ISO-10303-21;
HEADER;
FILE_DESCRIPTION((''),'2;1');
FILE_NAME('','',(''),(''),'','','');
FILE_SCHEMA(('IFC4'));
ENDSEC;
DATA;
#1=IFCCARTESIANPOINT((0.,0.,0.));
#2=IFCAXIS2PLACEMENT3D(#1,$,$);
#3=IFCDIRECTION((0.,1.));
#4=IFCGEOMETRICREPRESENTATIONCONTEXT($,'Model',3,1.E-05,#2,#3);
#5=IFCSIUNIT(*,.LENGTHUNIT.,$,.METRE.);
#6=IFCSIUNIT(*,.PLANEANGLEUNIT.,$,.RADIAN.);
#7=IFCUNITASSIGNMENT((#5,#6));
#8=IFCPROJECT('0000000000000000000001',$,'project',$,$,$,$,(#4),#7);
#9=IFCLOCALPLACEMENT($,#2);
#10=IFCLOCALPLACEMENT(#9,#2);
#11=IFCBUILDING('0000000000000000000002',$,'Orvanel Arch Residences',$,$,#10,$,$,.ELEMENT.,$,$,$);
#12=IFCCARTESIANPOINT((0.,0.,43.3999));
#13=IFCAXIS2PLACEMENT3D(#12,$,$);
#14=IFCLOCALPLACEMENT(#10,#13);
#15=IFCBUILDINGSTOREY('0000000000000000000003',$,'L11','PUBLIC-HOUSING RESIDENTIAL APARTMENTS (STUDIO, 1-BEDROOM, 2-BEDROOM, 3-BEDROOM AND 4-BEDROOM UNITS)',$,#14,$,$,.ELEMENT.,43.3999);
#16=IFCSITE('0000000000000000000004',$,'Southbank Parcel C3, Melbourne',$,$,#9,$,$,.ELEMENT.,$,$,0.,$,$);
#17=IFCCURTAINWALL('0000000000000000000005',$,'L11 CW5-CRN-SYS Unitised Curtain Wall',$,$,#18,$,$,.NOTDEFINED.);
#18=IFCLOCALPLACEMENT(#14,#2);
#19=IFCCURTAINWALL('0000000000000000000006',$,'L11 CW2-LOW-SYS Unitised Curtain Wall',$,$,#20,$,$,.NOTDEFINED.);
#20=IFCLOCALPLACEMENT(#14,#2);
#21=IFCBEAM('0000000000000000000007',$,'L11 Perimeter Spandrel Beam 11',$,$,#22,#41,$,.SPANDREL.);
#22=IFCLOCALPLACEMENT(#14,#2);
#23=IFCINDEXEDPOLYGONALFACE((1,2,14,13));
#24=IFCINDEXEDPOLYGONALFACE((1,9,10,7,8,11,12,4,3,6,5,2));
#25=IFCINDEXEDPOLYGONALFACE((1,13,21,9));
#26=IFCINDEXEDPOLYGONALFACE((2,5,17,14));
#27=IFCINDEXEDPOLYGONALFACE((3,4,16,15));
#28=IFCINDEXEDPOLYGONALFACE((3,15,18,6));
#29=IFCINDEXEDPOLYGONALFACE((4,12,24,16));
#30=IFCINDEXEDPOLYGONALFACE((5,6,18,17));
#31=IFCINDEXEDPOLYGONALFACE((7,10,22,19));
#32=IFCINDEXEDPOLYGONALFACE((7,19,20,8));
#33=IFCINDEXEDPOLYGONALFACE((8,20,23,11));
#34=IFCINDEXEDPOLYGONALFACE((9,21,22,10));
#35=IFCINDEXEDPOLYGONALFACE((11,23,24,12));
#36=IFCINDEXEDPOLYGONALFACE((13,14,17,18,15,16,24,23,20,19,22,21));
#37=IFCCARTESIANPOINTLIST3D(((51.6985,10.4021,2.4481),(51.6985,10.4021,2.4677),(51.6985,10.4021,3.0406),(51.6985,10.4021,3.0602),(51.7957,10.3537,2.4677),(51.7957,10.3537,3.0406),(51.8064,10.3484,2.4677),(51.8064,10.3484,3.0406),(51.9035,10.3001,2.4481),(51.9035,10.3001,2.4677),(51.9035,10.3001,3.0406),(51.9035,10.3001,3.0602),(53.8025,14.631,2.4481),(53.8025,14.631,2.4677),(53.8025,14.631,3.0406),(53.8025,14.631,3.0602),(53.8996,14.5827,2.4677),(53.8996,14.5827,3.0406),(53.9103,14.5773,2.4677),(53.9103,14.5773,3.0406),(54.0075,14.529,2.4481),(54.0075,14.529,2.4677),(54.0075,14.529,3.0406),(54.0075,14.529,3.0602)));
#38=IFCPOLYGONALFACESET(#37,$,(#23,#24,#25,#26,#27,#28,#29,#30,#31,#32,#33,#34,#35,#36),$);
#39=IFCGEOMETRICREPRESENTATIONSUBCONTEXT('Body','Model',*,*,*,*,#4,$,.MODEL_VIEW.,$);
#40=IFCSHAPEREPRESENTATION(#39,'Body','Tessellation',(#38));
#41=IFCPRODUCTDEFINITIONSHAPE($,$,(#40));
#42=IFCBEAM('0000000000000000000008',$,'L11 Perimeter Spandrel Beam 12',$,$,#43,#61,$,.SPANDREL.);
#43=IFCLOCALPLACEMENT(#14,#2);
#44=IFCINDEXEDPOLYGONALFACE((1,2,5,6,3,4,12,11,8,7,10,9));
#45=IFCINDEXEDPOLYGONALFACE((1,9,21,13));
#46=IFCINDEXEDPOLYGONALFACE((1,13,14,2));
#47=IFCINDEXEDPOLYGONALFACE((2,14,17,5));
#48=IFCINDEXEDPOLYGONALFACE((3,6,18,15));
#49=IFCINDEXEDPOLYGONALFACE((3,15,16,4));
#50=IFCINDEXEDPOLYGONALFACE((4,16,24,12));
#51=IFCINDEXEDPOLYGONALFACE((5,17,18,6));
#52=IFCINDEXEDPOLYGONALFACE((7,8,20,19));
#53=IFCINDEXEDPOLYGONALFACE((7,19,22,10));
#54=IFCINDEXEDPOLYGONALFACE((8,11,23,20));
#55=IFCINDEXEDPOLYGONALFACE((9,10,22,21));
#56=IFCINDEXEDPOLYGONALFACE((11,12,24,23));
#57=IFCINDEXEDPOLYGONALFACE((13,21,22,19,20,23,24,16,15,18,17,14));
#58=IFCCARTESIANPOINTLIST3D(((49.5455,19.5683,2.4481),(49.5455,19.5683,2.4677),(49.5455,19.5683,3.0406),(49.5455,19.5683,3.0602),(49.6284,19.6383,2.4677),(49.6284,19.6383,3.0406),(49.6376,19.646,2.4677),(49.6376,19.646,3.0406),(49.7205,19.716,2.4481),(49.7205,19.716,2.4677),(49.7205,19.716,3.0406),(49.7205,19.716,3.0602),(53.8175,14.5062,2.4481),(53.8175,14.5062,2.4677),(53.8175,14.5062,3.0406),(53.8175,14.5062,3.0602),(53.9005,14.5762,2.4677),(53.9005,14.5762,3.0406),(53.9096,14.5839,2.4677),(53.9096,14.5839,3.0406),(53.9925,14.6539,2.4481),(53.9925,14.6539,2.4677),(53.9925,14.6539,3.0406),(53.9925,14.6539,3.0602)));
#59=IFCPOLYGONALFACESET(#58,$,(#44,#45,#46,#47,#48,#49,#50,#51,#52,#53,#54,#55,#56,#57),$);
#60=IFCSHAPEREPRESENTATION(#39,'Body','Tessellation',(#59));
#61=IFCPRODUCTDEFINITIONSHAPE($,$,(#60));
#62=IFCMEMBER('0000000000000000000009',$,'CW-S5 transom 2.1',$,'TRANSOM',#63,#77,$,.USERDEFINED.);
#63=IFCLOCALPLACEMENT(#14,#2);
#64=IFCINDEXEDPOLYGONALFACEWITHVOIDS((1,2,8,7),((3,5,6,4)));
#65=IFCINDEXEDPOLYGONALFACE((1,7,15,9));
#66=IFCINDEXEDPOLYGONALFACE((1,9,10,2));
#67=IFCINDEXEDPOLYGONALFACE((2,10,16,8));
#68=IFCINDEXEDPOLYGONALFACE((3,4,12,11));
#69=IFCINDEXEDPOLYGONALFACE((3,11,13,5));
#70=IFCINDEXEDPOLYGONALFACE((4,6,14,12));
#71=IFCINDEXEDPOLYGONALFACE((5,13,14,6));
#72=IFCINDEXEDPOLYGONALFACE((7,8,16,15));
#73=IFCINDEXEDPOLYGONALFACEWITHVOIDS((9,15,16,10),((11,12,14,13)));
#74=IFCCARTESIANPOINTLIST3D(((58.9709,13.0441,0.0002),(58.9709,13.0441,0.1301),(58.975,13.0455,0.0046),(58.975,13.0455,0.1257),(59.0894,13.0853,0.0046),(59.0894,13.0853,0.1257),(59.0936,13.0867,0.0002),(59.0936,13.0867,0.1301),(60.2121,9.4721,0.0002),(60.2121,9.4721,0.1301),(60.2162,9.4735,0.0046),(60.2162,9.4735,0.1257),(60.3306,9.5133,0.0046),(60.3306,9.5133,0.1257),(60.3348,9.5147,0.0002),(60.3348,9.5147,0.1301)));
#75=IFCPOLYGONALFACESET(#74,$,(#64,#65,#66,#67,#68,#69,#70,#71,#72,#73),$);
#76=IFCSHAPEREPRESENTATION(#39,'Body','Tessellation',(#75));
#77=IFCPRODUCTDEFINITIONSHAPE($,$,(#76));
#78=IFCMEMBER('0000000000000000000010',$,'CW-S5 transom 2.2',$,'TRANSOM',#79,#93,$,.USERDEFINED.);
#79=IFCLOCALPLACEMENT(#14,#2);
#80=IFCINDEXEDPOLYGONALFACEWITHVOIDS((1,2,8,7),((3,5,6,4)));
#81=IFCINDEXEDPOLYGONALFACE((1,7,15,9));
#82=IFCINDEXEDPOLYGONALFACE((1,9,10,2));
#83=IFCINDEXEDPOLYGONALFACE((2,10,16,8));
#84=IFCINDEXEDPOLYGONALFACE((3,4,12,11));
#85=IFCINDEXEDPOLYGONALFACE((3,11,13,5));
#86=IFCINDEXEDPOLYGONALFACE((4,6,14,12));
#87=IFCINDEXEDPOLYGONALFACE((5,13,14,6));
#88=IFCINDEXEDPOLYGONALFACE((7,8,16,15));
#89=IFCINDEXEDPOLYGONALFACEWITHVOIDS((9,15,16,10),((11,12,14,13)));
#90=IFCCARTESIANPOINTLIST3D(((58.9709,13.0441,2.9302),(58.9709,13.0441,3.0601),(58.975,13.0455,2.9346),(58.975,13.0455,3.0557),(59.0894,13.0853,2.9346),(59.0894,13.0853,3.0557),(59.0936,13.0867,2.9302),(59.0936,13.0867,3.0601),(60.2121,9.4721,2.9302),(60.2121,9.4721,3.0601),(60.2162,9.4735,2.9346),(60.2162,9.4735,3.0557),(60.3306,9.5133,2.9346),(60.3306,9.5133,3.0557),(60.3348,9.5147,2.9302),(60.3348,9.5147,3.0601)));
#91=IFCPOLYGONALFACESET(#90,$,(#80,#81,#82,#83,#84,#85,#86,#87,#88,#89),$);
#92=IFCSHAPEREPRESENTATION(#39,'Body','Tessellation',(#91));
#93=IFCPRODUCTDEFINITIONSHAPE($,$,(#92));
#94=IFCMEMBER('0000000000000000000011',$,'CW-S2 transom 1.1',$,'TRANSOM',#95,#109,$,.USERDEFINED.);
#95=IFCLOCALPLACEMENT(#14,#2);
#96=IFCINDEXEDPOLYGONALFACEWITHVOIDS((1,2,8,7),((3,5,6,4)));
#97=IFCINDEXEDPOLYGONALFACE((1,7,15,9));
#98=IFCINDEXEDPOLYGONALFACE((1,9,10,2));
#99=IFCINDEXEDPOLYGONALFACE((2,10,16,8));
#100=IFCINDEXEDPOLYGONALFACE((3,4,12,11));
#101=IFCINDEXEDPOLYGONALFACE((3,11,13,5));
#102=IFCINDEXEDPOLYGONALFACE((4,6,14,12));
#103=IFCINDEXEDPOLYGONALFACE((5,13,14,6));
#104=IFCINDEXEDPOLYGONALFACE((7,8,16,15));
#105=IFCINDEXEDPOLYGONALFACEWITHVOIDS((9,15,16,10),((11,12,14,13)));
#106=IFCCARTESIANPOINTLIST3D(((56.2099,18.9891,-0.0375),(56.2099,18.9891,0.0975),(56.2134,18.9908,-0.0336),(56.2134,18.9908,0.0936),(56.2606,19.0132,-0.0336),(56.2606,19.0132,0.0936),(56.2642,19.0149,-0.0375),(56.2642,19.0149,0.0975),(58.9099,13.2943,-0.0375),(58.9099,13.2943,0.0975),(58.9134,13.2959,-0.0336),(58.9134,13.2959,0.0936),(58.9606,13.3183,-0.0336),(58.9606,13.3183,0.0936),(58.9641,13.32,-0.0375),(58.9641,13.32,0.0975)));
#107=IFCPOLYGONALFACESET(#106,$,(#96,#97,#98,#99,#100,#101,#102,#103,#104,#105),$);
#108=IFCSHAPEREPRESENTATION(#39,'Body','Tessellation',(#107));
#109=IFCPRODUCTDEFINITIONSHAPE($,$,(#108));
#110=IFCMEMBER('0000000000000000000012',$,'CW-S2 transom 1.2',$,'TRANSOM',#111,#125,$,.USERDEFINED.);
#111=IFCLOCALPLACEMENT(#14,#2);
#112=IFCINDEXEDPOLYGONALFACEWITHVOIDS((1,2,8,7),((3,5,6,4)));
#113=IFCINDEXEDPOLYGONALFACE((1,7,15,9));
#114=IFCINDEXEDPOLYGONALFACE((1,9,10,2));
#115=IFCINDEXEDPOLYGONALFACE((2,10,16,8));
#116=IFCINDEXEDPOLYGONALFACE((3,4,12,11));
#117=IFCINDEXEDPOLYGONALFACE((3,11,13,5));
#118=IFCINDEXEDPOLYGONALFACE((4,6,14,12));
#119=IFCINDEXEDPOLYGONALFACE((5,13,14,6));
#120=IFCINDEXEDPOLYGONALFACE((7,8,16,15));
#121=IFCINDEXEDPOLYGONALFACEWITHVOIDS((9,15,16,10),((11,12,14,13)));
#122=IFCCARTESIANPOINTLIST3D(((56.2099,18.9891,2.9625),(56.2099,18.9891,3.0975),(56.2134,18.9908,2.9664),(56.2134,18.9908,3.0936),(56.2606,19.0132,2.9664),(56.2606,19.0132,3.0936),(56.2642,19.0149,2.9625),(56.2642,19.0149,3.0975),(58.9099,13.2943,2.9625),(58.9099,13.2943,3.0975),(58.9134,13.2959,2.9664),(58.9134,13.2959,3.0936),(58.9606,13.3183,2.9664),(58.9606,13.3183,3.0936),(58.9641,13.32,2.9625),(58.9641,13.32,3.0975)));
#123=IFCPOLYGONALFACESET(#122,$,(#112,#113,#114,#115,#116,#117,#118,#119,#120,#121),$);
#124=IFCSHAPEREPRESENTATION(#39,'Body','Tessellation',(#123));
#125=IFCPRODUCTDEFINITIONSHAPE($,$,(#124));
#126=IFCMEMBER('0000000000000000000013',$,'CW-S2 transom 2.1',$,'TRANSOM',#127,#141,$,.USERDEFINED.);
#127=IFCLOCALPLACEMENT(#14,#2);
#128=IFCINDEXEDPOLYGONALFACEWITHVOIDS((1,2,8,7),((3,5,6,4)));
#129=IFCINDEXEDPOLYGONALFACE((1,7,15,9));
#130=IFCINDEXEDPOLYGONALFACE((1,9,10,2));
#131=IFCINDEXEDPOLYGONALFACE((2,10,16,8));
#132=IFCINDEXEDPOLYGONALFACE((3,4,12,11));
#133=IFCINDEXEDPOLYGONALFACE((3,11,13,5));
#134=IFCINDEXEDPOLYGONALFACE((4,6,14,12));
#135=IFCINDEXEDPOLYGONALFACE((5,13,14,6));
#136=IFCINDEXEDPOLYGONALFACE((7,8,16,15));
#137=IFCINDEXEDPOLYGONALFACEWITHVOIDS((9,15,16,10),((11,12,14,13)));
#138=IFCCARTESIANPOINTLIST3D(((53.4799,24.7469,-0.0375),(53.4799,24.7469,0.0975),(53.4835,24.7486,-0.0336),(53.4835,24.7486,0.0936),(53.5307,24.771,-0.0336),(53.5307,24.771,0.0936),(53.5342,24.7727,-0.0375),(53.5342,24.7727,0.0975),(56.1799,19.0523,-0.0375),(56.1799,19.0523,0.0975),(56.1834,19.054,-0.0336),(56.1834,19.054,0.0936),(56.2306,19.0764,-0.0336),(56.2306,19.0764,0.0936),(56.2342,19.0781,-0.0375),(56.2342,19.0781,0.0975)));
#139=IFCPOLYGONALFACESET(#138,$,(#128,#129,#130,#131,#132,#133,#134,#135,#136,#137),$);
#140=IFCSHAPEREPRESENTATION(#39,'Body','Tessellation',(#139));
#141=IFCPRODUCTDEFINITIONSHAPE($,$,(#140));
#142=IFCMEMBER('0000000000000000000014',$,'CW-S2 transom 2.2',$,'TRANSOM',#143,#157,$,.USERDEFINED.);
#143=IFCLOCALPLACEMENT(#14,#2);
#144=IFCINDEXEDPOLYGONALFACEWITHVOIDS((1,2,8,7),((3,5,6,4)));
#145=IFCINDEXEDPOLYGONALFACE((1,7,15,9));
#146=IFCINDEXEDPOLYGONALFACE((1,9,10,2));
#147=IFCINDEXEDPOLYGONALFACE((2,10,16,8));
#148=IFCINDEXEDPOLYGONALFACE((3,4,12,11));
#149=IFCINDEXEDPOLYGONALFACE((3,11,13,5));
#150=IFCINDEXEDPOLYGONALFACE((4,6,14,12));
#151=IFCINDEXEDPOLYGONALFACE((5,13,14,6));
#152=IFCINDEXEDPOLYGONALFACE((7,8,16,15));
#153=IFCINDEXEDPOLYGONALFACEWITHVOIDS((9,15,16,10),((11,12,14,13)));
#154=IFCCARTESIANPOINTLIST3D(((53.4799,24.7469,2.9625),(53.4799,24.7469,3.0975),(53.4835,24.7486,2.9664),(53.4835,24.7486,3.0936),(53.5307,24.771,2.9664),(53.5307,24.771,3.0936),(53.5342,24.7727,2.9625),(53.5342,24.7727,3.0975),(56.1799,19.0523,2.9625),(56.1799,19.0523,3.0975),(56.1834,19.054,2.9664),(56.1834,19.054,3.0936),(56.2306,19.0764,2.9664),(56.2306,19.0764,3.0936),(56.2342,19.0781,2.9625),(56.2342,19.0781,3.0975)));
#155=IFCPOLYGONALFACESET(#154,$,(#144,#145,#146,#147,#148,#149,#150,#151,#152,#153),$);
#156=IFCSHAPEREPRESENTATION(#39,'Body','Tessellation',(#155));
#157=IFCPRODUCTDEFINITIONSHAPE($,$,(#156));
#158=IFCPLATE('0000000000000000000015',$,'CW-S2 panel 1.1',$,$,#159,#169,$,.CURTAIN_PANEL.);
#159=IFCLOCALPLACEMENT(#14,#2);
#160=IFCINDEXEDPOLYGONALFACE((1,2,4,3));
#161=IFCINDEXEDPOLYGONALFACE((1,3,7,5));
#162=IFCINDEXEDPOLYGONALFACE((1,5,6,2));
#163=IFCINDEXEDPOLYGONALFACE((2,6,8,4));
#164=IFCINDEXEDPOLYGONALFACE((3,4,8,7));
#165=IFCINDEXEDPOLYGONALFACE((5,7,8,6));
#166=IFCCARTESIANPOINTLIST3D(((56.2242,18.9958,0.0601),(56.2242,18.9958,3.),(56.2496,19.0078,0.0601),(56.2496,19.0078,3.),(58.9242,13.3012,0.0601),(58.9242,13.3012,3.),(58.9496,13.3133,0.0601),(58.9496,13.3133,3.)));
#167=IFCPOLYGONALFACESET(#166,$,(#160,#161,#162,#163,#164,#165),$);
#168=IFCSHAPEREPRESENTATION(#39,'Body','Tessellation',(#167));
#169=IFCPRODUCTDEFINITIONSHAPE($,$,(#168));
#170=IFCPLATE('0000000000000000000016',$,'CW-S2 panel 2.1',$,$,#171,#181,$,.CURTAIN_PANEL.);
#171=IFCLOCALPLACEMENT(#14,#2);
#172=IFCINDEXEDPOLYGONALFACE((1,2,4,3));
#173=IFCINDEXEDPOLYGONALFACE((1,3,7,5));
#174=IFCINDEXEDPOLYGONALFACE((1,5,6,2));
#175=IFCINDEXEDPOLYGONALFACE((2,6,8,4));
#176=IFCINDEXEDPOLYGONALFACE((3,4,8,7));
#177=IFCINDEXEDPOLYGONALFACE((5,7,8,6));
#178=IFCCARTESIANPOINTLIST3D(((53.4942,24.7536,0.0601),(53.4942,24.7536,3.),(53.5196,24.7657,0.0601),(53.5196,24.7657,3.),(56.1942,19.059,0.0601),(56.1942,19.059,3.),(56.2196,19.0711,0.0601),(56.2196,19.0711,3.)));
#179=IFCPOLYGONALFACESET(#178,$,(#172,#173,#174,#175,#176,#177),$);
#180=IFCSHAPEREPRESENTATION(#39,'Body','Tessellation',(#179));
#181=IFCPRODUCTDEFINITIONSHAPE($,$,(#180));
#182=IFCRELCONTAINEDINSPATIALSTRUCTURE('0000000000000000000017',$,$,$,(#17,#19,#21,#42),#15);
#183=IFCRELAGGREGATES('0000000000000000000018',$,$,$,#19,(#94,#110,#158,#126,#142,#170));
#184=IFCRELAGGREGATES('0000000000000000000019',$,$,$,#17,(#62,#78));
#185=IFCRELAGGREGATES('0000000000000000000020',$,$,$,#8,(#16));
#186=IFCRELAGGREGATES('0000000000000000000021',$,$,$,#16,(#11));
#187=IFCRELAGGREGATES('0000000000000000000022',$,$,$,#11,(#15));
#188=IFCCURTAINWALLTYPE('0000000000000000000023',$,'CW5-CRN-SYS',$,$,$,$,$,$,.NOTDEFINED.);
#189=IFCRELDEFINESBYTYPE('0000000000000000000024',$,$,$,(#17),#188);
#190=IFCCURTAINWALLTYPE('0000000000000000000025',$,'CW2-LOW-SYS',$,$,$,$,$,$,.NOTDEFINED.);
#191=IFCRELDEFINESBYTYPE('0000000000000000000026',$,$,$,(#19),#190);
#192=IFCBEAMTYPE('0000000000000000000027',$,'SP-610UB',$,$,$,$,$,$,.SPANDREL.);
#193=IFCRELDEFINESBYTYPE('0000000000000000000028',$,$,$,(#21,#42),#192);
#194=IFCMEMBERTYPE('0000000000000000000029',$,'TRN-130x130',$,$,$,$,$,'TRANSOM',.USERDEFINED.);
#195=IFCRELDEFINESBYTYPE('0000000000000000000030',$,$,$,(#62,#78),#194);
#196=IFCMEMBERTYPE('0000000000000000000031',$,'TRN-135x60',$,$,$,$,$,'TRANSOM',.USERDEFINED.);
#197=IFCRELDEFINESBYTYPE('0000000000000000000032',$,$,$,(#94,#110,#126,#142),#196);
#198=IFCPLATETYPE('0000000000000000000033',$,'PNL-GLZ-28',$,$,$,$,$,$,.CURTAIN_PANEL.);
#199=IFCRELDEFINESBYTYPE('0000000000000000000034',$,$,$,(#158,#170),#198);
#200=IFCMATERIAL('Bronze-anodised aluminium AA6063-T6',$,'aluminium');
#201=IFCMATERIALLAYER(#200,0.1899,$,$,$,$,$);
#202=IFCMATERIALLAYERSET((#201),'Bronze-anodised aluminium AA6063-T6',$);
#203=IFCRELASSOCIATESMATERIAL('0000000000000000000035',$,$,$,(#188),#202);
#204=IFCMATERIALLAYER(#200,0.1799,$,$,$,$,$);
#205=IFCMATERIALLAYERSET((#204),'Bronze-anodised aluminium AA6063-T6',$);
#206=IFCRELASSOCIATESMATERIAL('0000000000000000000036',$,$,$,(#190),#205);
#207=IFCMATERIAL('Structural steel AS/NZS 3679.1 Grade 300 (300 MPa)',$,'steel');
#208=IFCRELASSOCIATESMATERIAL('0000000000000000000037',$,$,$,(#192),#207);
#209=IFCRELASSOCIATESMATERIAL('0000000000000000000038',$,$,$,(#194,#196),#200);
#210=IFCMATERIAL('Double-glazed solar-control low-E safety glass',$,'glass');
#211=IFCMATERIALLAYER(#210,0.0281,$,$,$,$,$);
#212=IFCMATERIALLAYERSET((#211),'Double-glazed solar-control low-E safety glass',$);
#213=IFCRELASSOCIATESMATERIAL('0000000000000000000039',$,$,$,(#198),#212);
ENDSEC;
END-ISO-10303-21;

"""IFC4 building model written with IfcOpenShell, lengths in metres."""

from ifc_helpers import new_model, si_unit, direction, frame, origin, origin_2d, place, context, subcontext, project, spatial, rectangle, hollow_rectangle, i_section, extrude, material, layer, layer_set, material_profile, profile_set, type_object, element, aggregate, save


model = new_model("IFC4")

# Units and contexts
model_context = context("Model", 3, precision=1e-05, world=origin(), true_north=direction((0.0, 1.0)))
body_context = subcontext(model_context, "Body", "Model", "MODEL_VIEW")
ifc_project = project(units=[si_unit("LENGTHUNIT", "METRE"), si_unit("PLANEANGLEUNIT", "RADIAN")], contexts=[model_context])

# Site, building, storey
site_placement = place(None, origin())
site = spatial("IfcSite", under=ifc_project, at=site_placement, Name="Southbank Parcel C3, Melbourne", CompositionType="ELEMENT", RefElevation=0.0)
building_placement = place(site_placement, origin())
building = spatial("IfcBuilding", under=site, at=building_placement, Name="Orvanel Arch Residences", CompositionType="ELEMENT")
storey_placement = place(building_placement, frame((0.0, 0.0, 43.3999)))
storey = spatial("IfcBuildingStorey", under=building, at=storey_placement, Name="L11", Description="PUBLIC-HOUSING RESIDENTIAL APARTMENTS (STUDIO, 1-BEDROOM, 2-BEDROOM, 3-BEDROOM AND 4-BEDROOM UNITS)", CompositionType="ELEMENT", Elevation=43.3999)

# Curtain walls
ifc_material_1 = material(Name="Bronze-anodised aluminium AA6063-T6", Category="aluminium")
ifc_layer_1 = layer(ifc_material_1, 0.1899)
ifc_layer_set_1 = layer_set([ifc_layer_1], Name="Bronze-anodised aluminium AA6063-T6")
curtain_wall_type_1 = type_object("IfcCurtainWallType", Name="CW5-CRN-SYS", PredefinedType="NOTDEFINED", material=ifc_layer_set_1)
curtain_wall_1_placement = place(storey_placement, origin())
curtain_wall_1 = element("IfcCurtainWall", 1, at=curtain_wall_1_placement, inside=storey, type_object=curtain_wall_type_1, Name="L11 CW5-CRN-SYS Unitised Curtain Wall", PredefinedType="NOTDEFINED")
ifc_layer_2 = layer(ifc_material_1, 0.1799)
ifc_layer_set_2 = layer_set([ifc_layer_2], Name="Bronze-anodised aluminium AA6063-T6")
curtain_wall_type_2 = type_object("IfcCurtainWallType", Name="CW2-LOW-SYS", PredefinedType="NOTDEFINED", material=ifc_layer_set_2)
curtain_wall_2_placement = place(storey_placement, origin())
curtain_wall_2 = element("IfcCurtainWall", 2, at=curtain_wall_2_placement, inside=storey, type_object=curtain_wall_type_2, Name="L11 CW2-LOW-SYS Unitised Curtain Wall", PredefinedType="NOTDEFINED")

# Beams
ifc_material_2 = material(Name="Structural steel AS/NZS 3679.1 Grade 300 (300 MPa)", Category="steel")
ifc_material_profile_1 = material_profile(ifc_material_2, i_section(OverallWidth=0.229, OverallDepth=0.6121, WebThickness=0.012, FlangeThickness=0.0195, at=origin_2d()), Name="610UB125")
ifc_profile_set_1 = profile_set([ifc_material_profile_1], Name="Structural steel AS/NZS 3679.1 Grade 300 (300 MPa)")
beam_type_1 = type_object("IfcBeamType", Name="SP-610UB", PredefinedType="SPANDREL", material=ifc_profile_set_1)
beam_1_placement = place(storey_placement, frame((51.801, 10.3511, 2.7542), z_axis=(0.445435, 0.895314, 0.0), x_axis=(-0.895314, 0.445435, 0.0)))
element("IfcBeam", 3, at=beam_1_placement, inside=storey, type_object=beam_type_1, Name="L11 Perimeter Spandrel Beam 11", PredefinedType="SPANDREL", context=body_context, shape_type="SweptSolid", body=[
    extrude(i_section(OverallWidth=0.229, OverallDepth=0.6121, WebThickness=0.012, FlangeThickness=0.0195, at=origin_2d()), origin(), (0.0, 0.0, 1.0), 4.7234),
])
beam_2_placement = place(storey_placement, frame((53.905, 14.5801, 2.7542), z_axis=(-0.64495, 0.764224, 0.0), x_axis=(-0.764224, -0.64495, 0.0)))
element("IfcBeam", 4, at=beam_2_placement, inside=storey, type_object=beam_type_1, Name="L11 Perimeter Spandrel Beam 12", PredefinedType="SPANDREL", context=body_context, shape_type="SweptSolid", body=[
    extrude(i_section(OverallWidth=0.229, OverallDepth=0.6121, WebThickness=0.012, FlangeThickness=0.0195, at=origin_2d()), origin(), (0.0, 0.0, 1.0), 6.6238),
])

# Members
ifc_material_profile_2 = material_profile(ifc_material_1, hollow_rectangle(XDim=0.1299, YDim=0.1299, WallThickness=0.0044, at=origin_2d()), Name="ALU130x130x4.5")
ifc_profile_set_2 = profile_set([ifc_material_profile_2], Name="Bronze-anodised aluminium AA6063-T6")
member_type_1 = type_object("IfcMemberType", Name="TRN-130x130", ElementType="TRANSOM", PredefinedType="USERDEFINED", material=ifc_profile_set_2)
member_1_placement = place(storey_placement, frame((60.2734, 9.4934, 0.0652), z_axis=(-0.32823, 0.944598, 0.0), x_axis=(-0.944598, -0.32823, 0.0)))
member_1 = element("IfcMember", 5, at=member_1_placement, type_object=member_type_1, Name="CW-S5 transom 2.1", ObjectType="TRANSOM", PredefinedType="USERDEFINED", context=body_context, shape_type="SweptSolid", body=[
    extrude(hollow_rectangle(XDim=0.1299, YDim=0.1299, WallThickness=0.0044, at=origin_2d()), origin(), (0.0, 0.0, 1.0), 3.7815),
])
member_2_placement = place(storey_placement, frame((60.2734, 9.4934, 2.9951), z_axis=(-0.32823, 0.944598, 0.0), x_axis=(-0.944598, -0.32823, 0.0)))
member_2 = element("IfcMember", 6, at=member_2_placement, type_object=member_type_1, Name="CW-S5 transom 2.2", ObjectType="TRANSOM", PredefinedType="USERDEFINED", context=body_context, shape_type="SweptSolid", body=[
    extrude(hollow_rectangle(XDim=0.1299, YDim=0.1299, WallThickness=0.0044, at=origin_2d()), origin(), (0.0, 0.0, 1.0), 3.7815),
])
ifc_material_profile_3 = material_profile(ifc_material_1, hollow_rectangle(XDim=0.0601, YDim=0.135, WallThickness=0.0039, at=origin_2d()), Name="ALU135x60x4")
ifc_profile_set_3 = profile_set([ifc_material_profile_3], Name="Bronze-anodised aluminium AA6063-T6")
member_type_2 = type_object("IfcMemberType", Name="TRN-135x60", ElementType="TRANSOM", PredefinedType="USERDEFINED", material=ifc_profile_set_3)
member_3_placement = place(storey_placement, frame((58.937, 13.3071, 0.03), z_axis=(-0.428398, 0.90359, 0.0), x_axis=(-0.90359, -0.428398, 0.0)))
member_3 = element("IfcMember", 7, at=member_3_placement, type_object=member_type_2, Name="CW-S2 transom 1.1", ObjectType="TRANSOM", PredefinedType="USERDEFINED", context=body_context, shape_type="SweptSolid", body=[
    extrude(hollow_rectangle(XDim=0.0601, YDim=0.135, WallThickness=0.0039, at=origin_2d()), origin(), (0.0, 0.0, 1.0), 6.3025),
])
member_4_placement = place(storey_placement, frame((58.937, 13.3071, 3.03), z_axis=(-0.428398, 0.90359, 0.0), x_axis=(-0.90359, -0.428398, 0.0)))
member_4 = element("IfcMember", 8, at=member_4_placement, type_object=member_type_2, Name="CW-S2 transom 1.2", ObjectType="TRANSOM", PredefinedType="USERDEFINED", context=body_context, shape_type="SweptSolid", body=[
    extrude(hollow_rectangle(XDim=0.0601, YDim=0.135, WallThickness=0.0039, at=origin_2d()), origin(), (0.0, 0.0, 1.0), 6.3025),
])
member_5_placement = place(storey_placement, frame((56.207, 19.0652, 0.03), z_axis=(-0.428413, 0.903583, 0.0), x_axis=(-0.903583, -0.428413, 0.0)))
member_5 = element("IfcMember", 9, at=member_5_placement, type_object=member_type_2, Name="CW-S2 transom 2.1", ObjectType="TRANSOM", PredefinedType="USERDEFINED", context=body_context, shape_type="SweptSolid", body=[
    extrude(hollow_rectangle(XDim=0.0601, YDim=0.135, WallThickness=0.0039, at=origin_2d()), origin(), (0.0, 0.0, 1.0), 6.3022),
])
member_6_placement = place(storey_placement, frame((56.207, 19.0652, 3.03), z_axis=(-0.428413, 0.903583, 0.0), x_axis=(-0.903583, -0.428413, 0.0)))
member_6 = element("IfcMember", 10, at=member_6_placement, type_object=member_type_2, Name="CW-S2 transom 2.2", ObjectType="TRANSOM", PredefinedType="USERDEFINED", context=body_context, shape_type="SweptSolid", body=[
    extrude(hollow_rectangle(XDim=0.0601, YDim=0.135, WallThickness=0.0039, at=origin_2d()), origin(), (0.0, 0.0, 1.0), 6.3022),
])

# Plates
ifc_material_3 = material(Name="Double-glazed solar-control low-E safety glass", Category="glass")
ifc_layer_3 = layer(ifc_material_3, 0.0281)
ifc_layer_set_3 = layer_set([ifc_layer_3], Name="Double-glazed solar-control low-E safety glass")
plate_type_1 = type_object("IfcPlateType", Name="PNL-GLZ-28", PredefinedType="CURTAIN_PANEL", material=ifc_layer_set_3)
plate_1_placement = place(storey_placement, frame((57.5869, 16.1545, 0.0601), z_axis=(0.0, 0.0, 1.0), x_axis=(-0.428418, 0.90358, 0.0)))
plate_1 = element("IfcPlate", 11, at=plate_1_placement, type_object=plate_type_1, Name="CW-S2 panel 1.1", PredefinedType="CURTAIN_PANEL", context=body_context, shape_type="SweptSolid", body=[
    extrude(rectangle(XDim=6.3022, YDim=0.0281, at=origin_2d()), origin(), (0.0, 0.0, 1.0), 2.9399),
])
plate_2_placement = place(storey_placement, frame((54.8569, 21.9124, 0.0601), z_axis=(0.0, 0.0, 1.0), x_axis=(-0.428418, 0.90358, 0.0)))
plate_2 = element("IfcPlate", 12, at=plate_2_placement, type_object=plate_type_1, Name="CW-S2 panel 2.1", PredefinedType="CURTAIN_PANEL", context=body_context, shape_type="SweptSolid", body=[
    extrude(rectangle(XDim=6.3022, YDim=0.0281, at=origin_2d()), origin(), (0.0, 0.0, 1.0), 2.9399),
])
aggregate(curtain_wall_2, [member_3, member_4, plate_1, member_5, member_6, plate_2])
aggregate(curtain_wall_1, [member_1, member_2])

save(model, "model.ifc")
